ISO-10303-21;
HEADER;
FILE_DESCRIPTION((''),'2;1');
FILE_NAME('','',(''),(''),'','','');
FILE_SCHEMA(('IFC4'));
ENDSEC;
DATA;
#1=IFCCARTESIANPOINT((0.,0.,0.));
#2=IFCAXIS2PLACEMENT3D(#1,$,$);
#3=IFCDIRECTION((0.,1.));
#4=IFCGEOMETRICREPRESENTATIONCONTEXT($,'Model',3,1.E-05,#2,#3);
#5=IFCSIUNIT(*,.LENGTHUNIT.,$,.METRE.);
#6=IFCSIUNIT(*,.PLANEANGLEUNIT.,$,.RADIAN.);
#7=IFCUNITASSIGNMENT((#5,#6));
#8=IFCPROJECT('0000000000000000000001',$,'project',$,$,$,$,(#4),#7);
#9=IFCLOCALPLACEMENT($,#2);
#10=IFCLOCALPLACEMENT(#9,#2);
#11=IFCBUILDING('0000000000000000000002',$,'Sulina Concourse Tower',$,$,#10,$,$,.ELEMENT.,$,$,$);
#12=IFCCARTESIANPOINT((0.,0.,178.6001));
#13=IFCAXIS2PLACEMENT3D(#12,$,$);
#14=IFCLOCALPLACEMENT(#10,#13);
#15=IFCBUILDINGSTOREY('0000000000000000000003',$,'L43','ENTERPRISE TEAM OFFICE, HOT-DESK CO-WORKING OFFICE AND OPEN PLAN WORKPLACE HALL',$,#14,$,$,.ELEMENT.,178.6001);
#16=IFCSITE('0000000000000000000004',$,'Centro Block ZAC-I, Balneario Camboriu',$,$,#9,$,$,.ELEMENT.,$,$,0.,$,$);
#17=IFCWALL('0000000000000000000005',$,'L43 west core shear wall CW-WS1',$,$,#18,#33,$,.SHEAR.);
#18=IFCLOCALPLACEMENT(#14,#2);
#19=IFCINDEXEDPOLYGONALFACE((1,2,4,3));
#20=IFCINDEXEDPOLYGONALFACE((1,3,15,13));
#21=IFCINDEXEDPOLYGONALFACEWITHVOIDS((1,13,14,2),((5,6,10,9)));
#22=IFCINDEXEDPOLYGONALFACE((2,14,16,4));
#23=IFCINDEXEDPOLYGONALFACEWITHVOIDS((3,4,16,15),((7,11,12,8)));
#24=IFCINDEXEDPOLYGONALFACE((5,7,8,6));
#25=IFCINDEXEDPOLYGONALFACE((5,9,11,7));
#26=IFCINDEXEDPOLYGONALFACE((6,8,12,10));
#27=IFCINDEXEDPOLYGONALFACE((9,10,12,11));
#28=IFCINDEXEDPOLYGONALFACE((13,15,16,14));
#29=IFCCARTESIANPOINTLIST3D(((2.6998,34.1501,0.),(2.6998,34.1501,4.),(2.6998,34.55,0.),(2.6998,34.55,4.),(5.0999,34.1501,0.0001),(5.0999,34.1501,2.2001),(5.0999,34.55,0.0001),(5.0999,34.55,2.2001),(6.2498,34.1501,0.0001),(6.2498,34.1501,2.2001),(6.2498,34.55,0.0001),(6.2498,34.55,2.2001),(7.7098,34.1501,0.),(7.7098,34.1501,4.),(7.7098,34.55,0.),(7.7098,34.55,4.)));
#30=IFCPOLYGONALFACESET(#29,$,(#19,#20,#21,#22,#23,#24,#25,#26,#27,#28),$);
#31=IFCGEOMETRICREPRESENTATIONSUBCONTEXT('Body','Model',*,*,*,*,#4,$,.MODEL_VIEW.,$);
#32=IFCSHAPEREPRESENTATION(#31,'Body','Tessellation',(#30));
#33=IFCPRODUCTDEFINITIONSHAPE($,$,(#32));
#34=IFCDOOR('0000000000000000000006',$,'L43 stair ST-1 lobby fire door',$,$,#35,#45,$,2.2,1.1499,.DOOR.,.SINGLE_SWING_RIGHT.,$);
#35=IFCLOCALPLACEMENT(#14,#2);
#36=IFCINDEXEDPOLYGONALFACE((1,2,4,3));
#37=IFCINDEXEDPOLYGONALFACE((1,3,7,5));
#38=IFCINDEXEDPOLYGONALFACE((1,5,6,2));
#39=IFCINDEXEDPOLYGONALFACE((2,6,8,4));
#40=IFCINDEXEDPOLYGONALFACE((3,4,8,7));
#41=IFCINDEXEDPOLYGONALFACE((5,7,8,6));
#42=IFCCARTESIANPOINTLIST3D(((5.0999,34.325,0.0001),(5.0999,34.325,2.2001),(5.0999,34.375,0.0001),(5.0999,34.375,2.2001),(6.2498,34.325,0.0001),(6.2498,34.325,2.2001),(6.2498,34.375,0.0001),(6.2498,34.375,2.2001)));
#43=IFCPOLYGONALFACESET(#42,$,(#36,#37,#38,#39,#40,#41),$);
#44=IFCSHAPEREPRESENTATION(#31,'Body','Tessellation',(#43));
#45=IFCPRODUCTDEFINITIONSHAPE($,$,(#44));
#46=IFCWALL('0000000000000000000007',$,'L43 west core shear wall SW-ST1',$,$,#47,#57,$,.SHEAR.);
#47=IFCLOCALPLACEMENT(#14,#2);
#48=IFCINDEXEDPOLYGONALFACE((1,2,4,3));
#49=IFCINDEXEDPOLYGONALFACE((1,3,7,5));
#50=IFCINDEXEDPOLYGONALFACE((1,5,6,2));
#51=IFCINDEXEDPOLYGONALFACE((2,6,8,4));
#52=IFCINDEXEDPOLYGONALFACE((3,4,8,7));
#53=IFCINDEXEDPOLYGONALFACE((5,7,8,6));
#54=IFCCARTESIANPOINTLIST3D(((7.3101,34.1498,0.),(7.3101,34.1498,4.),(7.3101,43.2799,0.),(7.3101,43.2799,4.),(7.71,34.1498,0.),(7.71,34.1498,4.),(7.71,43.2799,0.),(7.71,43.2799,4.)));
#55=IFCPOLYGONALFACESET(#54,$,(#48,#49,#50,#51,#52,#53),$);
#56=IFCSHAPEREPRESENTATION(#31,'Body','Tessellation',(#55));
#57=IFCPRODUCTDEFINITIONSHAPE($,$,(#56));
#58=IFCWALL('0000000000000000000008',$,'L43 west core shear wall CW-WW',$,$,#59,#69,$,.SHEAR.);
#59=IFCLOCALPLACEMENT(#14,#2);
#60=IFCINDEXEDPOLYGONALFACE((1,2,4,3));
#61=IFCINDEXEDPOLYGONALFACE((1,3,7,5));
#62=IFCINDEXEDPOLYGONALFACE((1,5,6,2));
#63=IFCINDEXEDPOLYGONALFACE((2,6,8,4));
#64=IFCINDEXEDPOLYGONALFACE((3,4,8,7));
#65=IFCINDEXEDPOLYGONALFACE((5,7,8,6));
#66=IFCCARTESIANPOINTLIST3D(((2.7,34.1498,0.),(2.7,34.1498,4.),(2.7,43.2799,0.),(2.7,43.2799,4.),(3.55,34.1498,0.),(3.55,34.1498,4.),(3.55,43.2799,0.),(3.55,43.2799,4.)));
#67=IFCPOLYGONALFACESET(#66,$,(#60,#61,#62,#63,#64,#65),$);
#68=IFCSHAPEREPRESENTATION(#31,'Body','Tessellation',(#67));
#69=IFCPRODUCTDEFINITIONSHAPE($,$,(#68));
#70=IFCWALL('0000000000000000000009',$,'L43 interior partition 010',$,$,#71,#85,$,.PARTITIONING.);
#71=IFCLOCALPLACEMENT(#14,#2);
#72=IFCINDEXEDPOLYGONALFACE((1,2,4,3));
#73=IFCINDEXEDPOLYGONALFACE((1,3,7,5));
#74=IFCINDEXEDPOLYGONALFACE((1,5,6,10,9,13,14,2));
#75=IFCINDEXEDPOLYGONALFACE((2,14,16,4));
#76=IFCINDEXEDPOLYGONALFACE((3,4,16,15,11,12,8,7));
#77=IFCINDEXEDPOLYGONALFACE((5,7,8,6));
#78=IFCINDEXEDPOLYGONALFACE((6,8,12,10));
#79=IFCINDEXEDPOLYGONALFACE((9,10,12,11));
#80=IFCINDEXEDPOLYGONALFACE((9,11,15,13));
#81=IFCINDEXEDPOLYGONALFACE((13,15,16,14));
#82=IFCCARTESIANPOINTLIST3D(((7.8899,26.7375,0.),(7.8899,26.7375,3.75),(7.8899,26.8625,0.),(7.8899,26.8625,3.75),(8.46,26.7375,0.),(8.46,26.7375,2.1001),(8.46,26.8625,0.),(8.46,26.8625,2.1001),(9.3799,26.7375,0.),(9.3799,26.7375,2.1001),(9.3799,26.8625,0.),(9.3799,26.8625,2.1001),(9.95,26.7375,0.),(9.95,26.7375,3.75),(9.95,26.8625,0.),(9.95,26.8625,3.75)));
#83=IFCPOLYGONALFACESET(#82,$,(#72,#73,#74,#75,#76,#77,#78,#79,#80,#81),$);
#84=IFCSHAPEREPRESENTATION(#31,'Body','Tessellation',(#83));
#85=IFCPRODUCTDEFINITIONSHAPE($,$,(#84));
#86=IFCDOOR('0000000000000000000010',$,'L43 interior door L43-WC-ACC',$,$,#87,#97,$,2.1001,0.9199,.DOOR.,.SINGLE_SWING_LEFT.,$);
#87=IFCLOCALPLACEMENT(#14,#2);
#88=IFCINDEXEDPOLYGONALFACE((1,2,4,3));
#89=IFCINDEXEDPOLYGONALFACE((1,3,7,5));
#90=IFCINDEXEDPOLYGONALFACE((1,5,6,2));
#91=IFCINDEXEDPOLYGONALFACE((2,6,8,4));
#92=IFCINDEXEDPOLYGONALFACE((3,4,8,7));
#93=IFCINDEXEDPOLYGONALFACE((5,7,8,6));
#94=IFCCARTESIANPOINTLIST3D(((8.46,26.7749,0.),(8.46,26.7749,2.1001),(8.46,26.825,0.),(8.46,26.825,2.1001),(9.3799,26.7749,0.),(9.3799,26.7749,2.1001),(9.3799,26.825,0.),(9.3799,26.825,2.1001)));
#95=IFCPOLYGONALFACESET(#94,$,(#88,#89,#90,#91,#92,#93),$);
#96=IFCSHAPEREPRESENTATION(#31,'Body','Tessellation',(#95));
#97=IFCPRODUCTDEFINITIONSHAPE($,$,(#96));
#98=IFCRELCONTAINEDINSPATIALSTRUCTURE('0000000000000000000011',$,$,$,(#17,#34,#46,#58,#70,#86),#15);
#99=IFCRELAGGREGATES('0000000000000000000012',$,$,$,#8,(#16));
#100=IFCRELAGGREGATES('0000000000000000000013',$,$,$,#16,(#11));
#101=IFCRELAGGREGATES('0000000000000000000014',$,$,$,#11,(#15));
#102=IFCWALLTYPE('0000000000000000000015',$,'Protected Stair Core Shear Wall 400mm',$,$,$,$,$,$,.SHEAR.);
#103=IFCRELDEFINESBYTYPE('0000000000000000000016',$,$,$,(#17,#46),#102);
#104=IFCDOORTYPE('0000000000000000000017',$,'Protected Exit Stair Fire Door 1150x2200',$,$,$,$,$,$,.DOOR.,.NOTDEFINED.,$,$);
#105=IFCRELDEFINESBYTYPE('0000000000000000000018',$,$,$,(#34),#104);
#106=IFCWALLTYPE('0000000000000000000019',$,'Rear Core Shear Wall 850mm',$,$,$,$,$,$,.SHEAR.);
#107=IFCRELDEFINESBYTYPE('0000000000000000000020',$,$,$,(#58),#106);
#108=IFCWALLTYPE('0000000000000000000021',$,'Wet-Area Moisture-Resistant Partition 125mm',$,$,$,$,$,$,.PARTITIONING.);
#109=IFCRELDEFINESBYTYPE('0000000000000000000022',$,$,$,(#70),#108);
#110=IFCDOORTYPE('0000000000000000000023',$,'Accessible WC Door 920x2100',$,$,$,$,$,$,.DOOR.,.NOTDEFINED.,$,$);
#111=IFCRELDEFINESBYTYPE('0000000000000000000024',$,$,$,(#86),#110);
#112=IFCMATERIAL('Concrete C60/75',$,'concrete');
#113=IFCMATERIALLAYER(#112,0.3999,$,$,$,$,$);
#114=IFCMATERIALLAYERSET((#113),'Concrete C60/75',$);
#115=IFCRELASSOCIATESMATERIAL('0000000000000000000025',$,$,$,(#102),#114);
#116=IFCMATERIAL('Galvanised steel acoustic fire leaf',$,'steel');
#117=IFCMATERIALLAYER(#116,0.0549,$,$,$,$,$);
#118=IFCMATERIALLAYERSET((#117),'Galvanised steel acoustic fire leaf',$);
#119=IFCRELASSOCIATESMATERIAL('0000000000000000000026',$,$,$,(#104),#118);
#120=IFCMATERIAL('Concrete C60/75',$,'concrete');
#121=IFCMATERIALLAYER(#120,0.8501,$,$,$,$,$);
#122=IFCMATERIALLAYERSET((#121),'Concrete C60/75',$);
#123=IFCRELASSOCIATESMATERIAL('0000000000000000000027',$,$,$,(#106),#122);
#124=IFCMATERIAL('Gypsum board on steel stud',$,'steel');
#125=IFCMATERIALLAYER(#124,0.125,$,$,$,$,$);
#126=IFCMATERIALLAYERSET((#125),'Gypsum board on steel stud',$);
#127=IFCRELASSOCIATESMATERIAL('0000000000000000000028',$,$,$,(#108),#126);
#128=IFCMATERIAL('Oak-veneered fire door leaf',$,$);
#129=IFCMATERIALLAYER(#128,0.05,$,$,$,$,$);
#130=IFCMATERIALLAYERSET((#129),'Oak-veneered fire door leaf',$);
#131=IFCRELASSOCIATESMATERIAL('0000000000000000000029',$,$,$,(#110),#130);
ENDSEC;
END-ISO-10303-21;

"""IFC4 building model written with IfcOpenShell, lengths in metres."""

from ifc_helpers import new_model, si_unit, direction, frame, frame_2d, origin, place, context, subcontext, project, spatial, rectangle, extrude, material, layer, layer_set, type_object, element, fill, save


model = new_model("IFC4")

# Units and contexts
model_context = context("Model", 3, precision=1e-05, world=origin(), true_north=direction((0.0, 1.0)))
body_context = subcontext(model_context, "Body", "Model", "MODEL_VIEW")
ifc_project = project(units=[si_unit("LENGTHUNIT", "METRE"), si_unit("PLANEANGLEUNIT", "RADIAN")], contexts=[model_context])

# Site, building, storey
site_placement = place(None, origin())
site = spatial("IfcSite", under=ifc_project, at=site_placement, Name="Centro Block ZAC-I, Balneario Camboriu", CompositionType="ELEMENT", RefElevation=0.0)
building_placement = place(site_placement, origin())
building = spatial("IfcBuilding", under=site, at=building_placement, Name="Sulina Concourse Tower", CompositionType="ELEMENT")
storey_placement = place(building_placement, frame((0.0, 0.0, 178.6001)))
storey = spatial("IfcBuildingStorey", under=building, at=storey_placement, Name="L43", Description="ENTERPRISE TEAM OFFICE, HOT-DESK CO-WORKING OFFICE AND OPEN PLAN WORKPLACE HALL", CompositionType="ELEMENT", Elevation=178.6001)

# Wall, opening, door
ifc_material_1 = material(Name="Concrete C60/75", Category="concrete")
ifc_layer_1 = layer(ifc_material_1, 0.3999)
ifc_layer_set_1 = layer_set([ifc_layer_1], Name="Concrete C60/75")
wall_type_1 = type_object("IfcWallType", Name="Protected Stair Core Shear Wall 400mm", PredefinedType="SHEAR", material=ifc_layer_set_1)
wall_1_placement = place(storey_placement, frame((2.7, 34.3501, 0.0), z_axis=(0.0, 0.0, 1.0), x_axis=(1.0, 0.0, 0.0)))
wall_1 = element("IfcWall", 1, at=wall_1_placement, inside=storey, type_object=wall_type_1, Name="L43 west core shear wall CW-WS1", PredefinedType="SHEAR", context=body_context, shape_type="SweptSolid", body=[
    extrude(rectangle(XDim=5.01, YDim=0.3999, at=frame_2d((2.5049, 0.0))), origin(), (0.0, 0.0, 1.0), 4.0),
])
opening_1_placement = place(wall_1_placement, frame((2.3999, 0.0, 0.0)))
opening_1 = element("IfcOpeningElement", 2, at=opening_1_placement, cuts=wall_1, PredefinedType="OPENING", context=body_context, shape_type="SweptSolid", body=[
    extrude(rectangle(XDim=1.1499, YDim=2.2, at=frame_2d((0.575, 1.1001))), frame((0.0, 0.21, 0.0), z_axis=(0.0, -1.0, 0.0), x_axis=(1.0, 0.0, 0.0)), (0.0, 0.0, 1.0), 0.4199),
])
ifc_material_2 = material(Name="Galvanised steel acoustic fire leaf", Category="steel")
ifc_layer_2 = layer(ifc_material_2, 0.0549)
ifc_layer_set_2 = layer_set([ifc_layer_2], Name="Galvanised steel acoustic fire leaf")
door_type_1 = type_object("IfcDoorType", Name="Protected Exit Stair Fire Door 1150x2200", OperationType="NOTDEFINED", PredefinedType="DOOR", material=ifc_layer_set_2)
door_1_placement = place(opening_1_placement, origin())
door_1 = element("IfcDoor", 3, at=door_1_placement, inside=storey, type_object=door_type_1, Name="L43 stair ST-1 lobby fire door", OperationType="SINGLE_SWING_RIGHT", OverallHeight=2.2, OverallWidth=1.1499, PredefinedType="DOOR", context=body_context, shape_type="SweptSolid", body=[
    extrude(rectangle(XDim=1.1499, YDim=2.2, at=frame_2d((0.575, 1.1001))), frame((0.0, 0.0249, 0.0), z_axis=(0.0, -1.0, 0.0), x_axis=(1.0, 0.0, 0.0)), (0.0, 0.0, 1.0), 0.05),
])
fill(opening_1, door_1)

# Walls
wall_2_placement = place(storey_placement, frame((7.51, 34.1499, 0.0), z_axis=(0.0, 0.0, 1.0), x_axis=(0.0, 1.0, 0.0)))
element("IfcWall", 4, at=wall_2_placement, inside=storey, type_object=wall_type_1, Name="L43 west core shear wall SW-ST1", PredefinedType="SHEAR", context=body_context, shape_type="SweptSolid", body=[
    extrude(rectangle(XDim=9.1301, YDim=0.3999, at=frame_2d((4.5649, 0.0))), origin(), (0.0, 0.0, 1.0), 4.0),
])
ifc_material_3 = material(Name="Concrete C60/75", Category="concrete")
ifc_layer_3 = layer(ifc_material_3, 0.8501)
ifc_layer_set_3 = layer_set([ifc_layer_3], Name="Concrete C60/75")
wall_type_2 = type_object("IfcWallType", Name="Rear Core Shear Wall 850mm", PredefinedType="SHEAR", material=ifc_layer_set_3)
wall_3_placement = place(storey_placement, frame((3.125, 34.1499, 0.0), z_axis=(0.0, 0.0, 1.0), x_axis=(0.0, 1.0, 0.0)))
element("IfcWall", 5, at=wall_3_placement, inside=storey, type_object=wall_type_2, Name="L43 west core shear wall CW-WW", PredefinedType="SHEAR", context=body_context, shape_type="SweptSolid", body=[
    extrude(rectangle(XDim=9.1301, YDim=0.8501, at=frame_2d((4.5649, 0.0))), origin(), (0.0, 0.0, 1.0), 4.0),
])

# Wall, opening, door
ifc_material_4 = material(Name="Gypsum board on steel stud", Category="steel")
ifc_layer_4 = layer(ifc_material_4, 0.125)
ifc_layer_set_4 = layer_set([ifc_layer_4], Name="Gypsum board on steel stud")
wall_type_3 = type_object("IfcWallType", Name="Wet-Area Moisture-Resistant Partition 125mm", PredefinedType="PARTITIONING", material=ifc_layer_set_4)
wall_4_placement = place(storey_placement, frame((7.8899, 26.8, 0.0), z_axis=(0.0, 0.0, 1.0), x_axis=(1.0, 0.0, 0.0)))
wall_4 = element("IfcWall", 6, at=wall_4_placement, inside=storey, type_object=wall_type_3, Name="L43 interior partition 010", PredefinedType="PARTITIONING", context=body_context, shape_type="SweptSolid", body=[
    extrude(rectangle(XDim=2.0601, YDim=0.125, at=frame_2d((1.03, 0.0))), origin(), (0.0, 0.0, 1.0), 3.75),
])
opening_2_placement = place(wall_4_placement, frame((0.5701, 0.0, 0.0)))
opening_2 = element("IfcOpeningElement", 7, at=opening_2_placement, cuts=wall_4, PredefinedType="OPENING", context=body_context, shape_type="SweptSolid", body=[
    extrude(rectangle(XDim=0.9199, YDim=2.1001, at=frame_2d((0.46, 1.05))), frame((0.0, 0.0725, 0.0), z_axis=(0.0, -1.0, 0.0), x_axis=(1.0, 0.0, 0.0)), (0.0, 0.0, 1.0), 0.145),
])
ifc_material_5 = material(Name="Oak-veneered fire door leaf")
ifc_layer_5 = layer(ifc_material_5, 0.05)
ifc_layer_set_5 = layer_set([ifc_layer_5], Name="Oak-veneered fire door leaf")
door_type_2 = type_object("IfcDoorType", Name="Accessible WC Door 920x2100", OperationType="NOTDEFINED", PredefinedType="DOOR", material=ifc_layer_set_5)
door_2_placement = place(opening_2_placement, origin())
door_2 = element("IfcDoor", 8, at=door_2_placement, inside=storey, type_object=door_type_2, Name="L43 interior door L43-WC-ACC", OperationType="SINGLE_SWING_LEFT", OverallHeight=2.1001, OverallWidth=0.9199, PredefinedType="DOOR", context=body_context, shape_type="SweptSolid", body=[
    extrude(rectangle(XDim=0.9199, YDim=2.1001, at=frame_2d((0.46, 1.05))), frame((0.0, 0.0249, 0.0), z_axis=(0.0, -1.0, 0.0), x_axis=(1.0, 0.0, 0.0)), (0.0, 0.0, 1.0), 0.05),
])
fill(opening_2, door_2)

save(model, "model.ifc")
